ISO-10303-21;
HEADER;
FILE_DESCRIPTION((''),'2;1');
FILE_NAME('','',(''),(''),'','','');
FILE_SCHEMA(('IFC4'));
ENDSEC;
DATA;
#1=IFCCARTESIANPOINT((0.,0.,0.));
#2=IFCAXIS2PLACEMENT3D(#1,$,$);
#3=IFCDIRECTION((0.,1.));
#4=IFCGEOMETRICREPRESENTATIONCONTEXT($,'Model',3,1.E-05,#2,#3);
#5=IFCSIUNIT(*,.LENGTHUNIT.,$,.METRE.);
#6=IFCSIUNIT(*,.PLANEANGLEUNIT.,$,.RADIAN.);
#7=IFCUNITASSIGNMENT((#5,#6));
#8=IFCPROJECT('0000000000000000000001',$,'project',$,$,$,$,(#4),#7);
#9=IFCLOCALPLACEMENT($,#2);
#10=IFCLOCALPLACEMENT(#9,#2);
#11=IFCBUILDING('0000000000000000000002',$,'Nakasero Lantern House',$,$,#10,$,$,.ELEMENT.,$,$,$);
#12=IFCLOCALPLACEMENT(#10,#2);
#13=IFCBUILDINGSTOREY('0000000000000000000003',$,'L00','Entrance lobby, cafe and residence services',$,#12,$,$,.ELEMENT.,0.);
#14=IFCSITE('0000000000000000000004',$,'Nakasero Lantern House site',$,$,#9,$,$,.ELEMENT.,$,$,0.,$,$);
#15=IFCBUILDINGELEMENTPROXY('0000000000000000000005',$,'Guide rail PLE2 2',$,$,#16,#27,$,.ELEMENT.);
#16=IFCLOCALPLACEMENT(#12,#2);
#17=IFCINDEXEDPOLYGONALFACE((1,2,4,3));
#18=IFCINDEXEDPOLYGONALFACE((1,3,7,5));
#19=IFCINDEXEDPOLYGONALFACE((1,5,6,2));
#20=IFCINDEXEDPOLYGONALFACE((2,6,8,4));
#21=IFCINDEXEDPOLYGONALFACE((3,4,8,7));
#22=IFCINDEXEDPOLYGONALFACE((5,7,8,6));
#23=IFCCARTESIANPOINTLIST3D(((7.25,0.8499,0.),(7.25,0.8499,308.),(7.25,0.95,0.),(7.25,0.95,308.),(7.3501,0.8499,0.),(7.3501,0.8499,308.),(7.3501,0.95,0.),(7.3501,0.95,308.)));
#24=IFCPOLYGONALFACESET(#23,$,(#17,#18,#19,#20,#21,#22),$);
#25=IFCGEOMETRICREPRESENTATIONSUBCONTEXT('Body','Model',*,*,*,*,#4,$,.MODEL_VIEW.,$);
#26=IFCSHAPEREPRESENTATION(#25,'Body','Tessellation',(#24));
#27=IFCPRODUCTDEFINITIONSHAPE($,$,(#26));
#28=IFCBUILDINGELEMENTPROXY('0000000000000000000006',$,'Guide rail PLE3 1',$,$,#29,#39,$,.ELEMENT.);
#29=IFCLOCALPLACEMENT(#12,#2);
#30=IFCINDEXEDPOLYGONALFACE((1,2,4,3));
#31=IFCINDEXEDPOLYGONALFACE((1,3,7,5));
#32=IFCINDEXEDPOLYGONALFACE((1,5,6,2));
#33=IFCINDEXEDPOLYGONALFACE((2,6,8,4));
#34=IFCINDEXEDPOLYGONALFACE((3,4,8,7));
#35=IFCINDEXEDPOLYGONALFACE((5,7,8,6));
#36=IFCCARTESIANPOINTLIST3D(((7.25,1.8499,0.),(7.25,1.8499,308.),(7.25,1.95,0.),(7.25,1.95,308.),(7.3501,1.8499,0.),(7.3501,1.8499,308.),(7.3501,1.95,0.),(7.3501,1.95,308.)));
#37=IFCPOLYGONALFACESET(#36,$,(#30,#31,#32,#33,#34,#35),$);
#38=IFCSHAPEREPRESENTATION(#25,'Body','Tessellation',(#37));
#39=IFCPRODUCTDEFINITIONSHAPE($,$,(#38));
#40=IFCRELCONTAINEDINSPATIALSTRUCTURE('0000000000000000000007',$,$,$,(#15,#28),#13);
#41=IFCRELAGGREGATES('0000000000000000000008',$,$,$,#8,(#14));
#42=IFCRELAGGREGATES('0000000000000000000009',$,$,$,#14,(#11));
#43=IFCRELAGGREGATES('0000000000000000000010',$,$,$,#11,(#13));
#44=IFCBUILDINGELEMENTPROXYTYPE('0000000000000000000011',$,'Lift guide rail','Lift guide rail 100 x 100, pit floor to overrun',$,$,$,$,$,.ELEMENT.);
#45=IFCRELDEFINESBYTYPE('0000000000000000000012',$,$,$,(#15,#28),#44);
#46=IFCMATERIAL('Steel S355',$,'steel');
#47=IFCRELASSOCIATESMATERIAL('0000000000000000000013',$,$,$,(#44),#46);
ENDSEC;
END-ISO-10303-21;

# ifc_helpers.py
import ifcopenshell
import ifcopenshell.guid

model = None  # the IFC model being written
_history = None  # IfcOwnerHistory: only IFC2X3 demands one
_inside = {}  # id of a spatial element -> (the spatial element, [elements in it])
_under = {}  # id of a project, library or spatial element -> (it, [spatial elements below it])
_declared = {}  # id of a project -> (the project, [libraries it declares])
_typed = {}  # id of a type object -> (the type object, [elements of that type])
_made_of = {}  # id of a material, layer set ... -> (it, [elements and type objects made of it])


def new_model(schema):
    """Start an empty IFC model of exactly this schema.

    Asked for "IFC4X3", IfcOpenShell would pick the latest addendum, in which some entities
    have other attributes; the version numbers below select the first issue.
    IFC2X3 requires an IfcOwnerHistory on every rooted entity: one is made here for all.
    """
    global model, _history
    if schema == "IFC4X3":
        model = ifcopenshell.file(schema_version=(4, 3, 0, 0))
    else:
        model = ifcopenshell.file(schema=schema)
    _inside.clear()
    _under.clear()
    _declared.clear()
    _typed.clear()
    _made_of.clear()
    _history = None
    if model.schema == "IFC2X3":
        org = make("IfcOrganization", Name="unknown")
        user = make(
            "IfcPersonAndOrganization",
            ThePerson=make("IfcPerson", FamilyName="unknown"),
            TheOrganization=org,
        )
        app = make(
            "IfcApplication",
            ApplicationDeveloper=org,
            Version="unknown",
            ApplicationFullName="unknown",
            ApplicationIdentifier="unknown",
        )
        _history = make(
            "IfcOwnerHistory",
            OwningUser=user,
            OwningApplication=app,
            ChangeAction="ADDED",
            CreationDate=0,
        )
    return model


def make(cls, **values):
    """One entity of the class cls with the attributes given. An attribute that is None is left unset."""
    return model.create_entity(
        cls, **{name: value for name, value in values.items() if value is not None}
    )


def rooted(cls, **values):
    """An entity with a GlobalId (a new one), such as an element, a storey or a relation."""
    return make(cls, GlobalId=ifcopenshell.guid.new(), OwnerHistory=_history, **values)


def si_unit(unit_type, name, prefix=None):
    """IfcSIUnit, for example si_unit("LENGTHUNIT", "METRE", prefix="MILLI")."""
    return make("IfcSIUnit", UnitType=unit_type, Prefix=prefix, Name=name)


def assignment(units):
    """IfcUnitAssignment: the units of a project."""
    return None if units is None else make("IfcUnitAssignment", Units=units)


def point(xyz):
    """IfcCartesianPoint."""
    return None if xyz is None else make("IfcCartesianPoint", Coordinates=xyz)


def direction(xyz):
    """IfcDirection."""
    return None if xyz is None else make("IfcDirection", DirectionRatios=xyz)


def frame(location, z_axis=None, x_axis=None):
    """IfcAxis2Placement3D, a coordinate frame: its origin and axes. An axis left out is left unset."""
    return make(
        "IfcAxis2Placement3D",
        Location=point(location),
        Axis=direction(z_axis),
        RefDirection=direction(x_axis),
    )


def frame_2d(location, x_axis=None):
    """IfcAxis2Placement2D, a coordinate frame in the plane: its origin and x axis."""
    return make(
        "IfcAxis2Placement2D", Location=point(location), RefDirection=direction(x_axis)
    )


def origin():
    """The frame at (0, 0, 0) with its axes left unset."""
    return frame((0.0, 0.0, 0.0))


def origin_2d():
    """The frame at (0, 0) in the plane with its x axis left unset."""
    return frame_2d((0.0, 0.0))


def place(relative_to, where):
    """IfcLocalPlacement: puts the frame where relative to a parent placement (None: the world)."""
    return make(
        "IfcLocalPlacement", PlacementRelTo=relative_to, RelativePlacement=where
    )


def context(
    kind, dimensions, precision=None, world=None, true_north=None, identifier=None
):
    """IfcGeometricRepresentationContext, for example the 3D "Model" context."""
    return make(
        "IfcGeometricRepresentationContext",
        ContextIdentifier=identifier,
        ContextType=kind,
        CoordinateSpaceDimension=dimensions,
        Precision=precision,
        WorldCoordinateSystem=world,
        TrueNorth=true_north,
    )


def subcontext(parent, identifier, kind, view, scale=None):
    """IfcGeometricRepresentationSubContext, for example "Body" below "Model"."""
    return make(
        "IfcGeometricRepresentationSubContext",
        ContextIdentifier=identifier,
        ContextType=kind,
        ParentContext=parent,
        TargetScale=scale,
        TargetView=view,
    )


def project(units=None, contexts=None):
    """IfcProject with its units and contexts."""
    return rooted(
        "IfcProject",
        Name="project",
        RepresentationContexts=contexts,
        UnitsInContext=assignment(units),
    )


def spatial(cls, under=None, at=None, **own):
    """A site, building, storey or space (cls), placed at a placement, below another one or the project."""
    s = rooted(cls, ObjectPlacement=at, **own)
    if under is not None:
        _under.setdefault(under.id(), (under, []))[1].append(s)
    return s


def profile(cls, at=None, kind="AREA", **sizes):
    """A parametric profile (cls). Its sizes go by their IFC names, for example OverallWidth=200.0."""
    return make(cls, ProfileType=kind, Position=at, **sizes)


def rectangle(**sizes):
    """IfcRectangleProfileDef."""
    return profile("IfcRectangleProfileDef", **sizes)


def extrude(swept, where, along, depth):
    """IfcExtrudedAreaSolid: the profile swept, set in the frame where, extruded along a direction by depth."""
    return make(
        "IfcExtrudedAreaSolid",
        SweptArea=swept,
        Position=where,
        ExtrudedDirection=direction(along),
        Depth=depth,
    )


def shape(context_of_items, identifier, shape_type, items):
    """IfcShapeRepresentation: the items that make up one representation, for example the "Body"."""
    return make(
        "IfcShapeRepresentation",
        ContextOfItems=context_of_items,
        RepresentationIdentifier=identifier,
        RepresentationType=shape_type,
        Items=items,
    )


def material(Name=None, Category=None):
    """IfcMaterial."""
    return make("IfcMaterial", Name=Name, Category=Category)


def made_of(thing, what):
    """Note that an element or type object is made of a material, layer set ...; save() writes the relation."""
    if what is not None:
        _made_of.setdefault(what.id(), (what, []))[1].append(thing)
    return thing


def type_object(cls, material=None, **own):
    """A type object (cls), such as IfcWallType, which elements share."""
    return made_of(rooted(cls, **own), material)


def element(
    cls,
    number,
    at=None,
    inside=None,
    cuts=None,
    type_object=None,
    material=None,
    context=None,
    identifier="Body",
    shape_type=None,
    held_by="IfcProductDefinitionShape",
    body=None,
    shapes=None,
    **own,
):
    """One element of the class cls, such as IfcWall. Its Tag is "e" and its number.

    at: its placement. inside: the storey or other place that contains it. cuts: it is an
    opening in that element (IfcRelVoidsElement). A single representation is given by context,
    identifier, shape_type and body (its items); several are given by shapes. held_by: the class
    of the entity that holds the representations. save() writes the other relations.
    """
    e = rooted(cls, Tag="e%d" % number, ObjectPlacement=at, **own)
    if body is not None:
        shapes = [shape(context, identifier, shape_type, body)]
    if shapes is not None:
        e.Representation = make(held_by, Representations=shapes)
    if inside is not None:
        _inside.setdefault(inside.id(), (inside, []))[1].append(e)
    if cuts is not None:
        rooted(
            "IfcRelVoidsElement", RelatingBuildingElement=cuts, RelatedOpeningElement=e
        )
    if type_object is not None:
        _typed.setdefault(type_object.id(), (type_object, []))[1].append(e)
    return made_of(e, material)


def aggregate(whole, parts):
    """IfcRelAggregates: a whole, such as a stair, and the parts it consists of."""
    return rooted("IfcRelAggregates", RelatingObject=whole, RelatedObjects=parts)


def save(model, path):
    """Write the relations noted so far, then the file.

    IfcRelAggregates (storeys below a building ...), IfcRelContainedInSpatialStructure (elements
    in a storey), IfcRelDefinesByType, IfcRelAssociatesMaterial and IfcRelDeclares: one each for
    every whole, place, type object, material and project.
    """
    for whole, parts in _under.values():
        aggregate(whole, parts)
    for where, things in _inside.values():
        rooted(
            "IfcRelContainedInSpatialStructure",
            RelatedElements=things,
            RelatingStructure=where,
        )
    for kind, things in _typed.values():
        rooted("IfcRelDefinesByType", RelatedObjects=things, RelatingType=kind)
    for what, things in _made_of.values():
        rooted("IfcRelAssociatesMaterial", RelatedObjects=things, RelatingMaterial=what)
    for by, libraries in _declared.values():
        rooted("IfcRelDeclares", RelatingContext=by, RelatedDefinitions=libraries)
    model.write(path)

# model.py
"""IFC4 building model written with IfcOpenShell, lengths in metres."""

from ifc_helpers import new_model, si_unit, direction, frame, origin, origin_2d, place, context, subcontext, project, spatial, rectangle, extrude, material, type_object, element, save


model = new_model("IFC4")

# Units and contexts
model_context = context("Model", 3, precision=1e-05, world=origin(), true_north=direction((0.0, 1.0)))
body_context = subcontext(model_context, "Body", "Model", "MODEL_VIEW")
ifc_project = project(units=[si_unit("LENGTHUNIT", "METRE"), si_unit("PLANEANGLEUNIT", "RADIAN")], contexts=[model_context])

# Site, building, storey
site_placement = place(None, origin())
site = spatial("IfcSite", under=ifc_project, at=site_placement, Name="Nakasero Lantern House site", CompositionType="ELEMENT", RefElevation=0.0)
building_placement = place(site_placement, origin())
building = spatial("IfcBuilding", under=site, at=building_placement, Name="Nakasero Lantern House", CompositionType="ELEMENT")
storey_placement = place(building_placement, origin())
storey = spatial("IfcBuildingStorey", under=building, at=storey_placement, Name="L00", Description="Entrance lobby, cafe and residence services", CompositionType="ELEMENT", Elevation=0.0)

# Building element proxies
ifc_material_1 = material(Name="Steel S355", Category="steel")
building_element_proxy_type = type_object("IfcBuildingElementProxyType", Name="Lift guide rail", Description="Lift guide rail 100 x 100, pit floor to overrun", PredefinedType="ELEMENT", material=ifc_material_1)
for number, where, z_axis, x_axis, name in (
    (1, (7.3, 0.8999, 0.0), (0.0, 0.0, 1.0), (1.0, 0.0, 0.0), "Guide rail PLE2 2"),
    (2, (7.3, 1.8999, 0.0), (0.0, 0.0, 1.0), (1.0, 0.0, 0.0), "Guide rail PLE3 1"),
):
    element("IfcBuildingElementProxy", number, at=place(storey_placement, frame(where, z_axis=z_axis, x_axis=x_axis)), inside=storey, type_object=building_element_proxy_type, Name=name, PredefinedType="ELEMENT", context=body_context, shape_type="SweptSolid", body=[
        extrude(rectangle(XDim=0.1001, YDim=0.1001, at=origin_2d()), origin(), (0.0, 0.0, 1.0), 308.0),
    ])

save(model, "model.ifc")
